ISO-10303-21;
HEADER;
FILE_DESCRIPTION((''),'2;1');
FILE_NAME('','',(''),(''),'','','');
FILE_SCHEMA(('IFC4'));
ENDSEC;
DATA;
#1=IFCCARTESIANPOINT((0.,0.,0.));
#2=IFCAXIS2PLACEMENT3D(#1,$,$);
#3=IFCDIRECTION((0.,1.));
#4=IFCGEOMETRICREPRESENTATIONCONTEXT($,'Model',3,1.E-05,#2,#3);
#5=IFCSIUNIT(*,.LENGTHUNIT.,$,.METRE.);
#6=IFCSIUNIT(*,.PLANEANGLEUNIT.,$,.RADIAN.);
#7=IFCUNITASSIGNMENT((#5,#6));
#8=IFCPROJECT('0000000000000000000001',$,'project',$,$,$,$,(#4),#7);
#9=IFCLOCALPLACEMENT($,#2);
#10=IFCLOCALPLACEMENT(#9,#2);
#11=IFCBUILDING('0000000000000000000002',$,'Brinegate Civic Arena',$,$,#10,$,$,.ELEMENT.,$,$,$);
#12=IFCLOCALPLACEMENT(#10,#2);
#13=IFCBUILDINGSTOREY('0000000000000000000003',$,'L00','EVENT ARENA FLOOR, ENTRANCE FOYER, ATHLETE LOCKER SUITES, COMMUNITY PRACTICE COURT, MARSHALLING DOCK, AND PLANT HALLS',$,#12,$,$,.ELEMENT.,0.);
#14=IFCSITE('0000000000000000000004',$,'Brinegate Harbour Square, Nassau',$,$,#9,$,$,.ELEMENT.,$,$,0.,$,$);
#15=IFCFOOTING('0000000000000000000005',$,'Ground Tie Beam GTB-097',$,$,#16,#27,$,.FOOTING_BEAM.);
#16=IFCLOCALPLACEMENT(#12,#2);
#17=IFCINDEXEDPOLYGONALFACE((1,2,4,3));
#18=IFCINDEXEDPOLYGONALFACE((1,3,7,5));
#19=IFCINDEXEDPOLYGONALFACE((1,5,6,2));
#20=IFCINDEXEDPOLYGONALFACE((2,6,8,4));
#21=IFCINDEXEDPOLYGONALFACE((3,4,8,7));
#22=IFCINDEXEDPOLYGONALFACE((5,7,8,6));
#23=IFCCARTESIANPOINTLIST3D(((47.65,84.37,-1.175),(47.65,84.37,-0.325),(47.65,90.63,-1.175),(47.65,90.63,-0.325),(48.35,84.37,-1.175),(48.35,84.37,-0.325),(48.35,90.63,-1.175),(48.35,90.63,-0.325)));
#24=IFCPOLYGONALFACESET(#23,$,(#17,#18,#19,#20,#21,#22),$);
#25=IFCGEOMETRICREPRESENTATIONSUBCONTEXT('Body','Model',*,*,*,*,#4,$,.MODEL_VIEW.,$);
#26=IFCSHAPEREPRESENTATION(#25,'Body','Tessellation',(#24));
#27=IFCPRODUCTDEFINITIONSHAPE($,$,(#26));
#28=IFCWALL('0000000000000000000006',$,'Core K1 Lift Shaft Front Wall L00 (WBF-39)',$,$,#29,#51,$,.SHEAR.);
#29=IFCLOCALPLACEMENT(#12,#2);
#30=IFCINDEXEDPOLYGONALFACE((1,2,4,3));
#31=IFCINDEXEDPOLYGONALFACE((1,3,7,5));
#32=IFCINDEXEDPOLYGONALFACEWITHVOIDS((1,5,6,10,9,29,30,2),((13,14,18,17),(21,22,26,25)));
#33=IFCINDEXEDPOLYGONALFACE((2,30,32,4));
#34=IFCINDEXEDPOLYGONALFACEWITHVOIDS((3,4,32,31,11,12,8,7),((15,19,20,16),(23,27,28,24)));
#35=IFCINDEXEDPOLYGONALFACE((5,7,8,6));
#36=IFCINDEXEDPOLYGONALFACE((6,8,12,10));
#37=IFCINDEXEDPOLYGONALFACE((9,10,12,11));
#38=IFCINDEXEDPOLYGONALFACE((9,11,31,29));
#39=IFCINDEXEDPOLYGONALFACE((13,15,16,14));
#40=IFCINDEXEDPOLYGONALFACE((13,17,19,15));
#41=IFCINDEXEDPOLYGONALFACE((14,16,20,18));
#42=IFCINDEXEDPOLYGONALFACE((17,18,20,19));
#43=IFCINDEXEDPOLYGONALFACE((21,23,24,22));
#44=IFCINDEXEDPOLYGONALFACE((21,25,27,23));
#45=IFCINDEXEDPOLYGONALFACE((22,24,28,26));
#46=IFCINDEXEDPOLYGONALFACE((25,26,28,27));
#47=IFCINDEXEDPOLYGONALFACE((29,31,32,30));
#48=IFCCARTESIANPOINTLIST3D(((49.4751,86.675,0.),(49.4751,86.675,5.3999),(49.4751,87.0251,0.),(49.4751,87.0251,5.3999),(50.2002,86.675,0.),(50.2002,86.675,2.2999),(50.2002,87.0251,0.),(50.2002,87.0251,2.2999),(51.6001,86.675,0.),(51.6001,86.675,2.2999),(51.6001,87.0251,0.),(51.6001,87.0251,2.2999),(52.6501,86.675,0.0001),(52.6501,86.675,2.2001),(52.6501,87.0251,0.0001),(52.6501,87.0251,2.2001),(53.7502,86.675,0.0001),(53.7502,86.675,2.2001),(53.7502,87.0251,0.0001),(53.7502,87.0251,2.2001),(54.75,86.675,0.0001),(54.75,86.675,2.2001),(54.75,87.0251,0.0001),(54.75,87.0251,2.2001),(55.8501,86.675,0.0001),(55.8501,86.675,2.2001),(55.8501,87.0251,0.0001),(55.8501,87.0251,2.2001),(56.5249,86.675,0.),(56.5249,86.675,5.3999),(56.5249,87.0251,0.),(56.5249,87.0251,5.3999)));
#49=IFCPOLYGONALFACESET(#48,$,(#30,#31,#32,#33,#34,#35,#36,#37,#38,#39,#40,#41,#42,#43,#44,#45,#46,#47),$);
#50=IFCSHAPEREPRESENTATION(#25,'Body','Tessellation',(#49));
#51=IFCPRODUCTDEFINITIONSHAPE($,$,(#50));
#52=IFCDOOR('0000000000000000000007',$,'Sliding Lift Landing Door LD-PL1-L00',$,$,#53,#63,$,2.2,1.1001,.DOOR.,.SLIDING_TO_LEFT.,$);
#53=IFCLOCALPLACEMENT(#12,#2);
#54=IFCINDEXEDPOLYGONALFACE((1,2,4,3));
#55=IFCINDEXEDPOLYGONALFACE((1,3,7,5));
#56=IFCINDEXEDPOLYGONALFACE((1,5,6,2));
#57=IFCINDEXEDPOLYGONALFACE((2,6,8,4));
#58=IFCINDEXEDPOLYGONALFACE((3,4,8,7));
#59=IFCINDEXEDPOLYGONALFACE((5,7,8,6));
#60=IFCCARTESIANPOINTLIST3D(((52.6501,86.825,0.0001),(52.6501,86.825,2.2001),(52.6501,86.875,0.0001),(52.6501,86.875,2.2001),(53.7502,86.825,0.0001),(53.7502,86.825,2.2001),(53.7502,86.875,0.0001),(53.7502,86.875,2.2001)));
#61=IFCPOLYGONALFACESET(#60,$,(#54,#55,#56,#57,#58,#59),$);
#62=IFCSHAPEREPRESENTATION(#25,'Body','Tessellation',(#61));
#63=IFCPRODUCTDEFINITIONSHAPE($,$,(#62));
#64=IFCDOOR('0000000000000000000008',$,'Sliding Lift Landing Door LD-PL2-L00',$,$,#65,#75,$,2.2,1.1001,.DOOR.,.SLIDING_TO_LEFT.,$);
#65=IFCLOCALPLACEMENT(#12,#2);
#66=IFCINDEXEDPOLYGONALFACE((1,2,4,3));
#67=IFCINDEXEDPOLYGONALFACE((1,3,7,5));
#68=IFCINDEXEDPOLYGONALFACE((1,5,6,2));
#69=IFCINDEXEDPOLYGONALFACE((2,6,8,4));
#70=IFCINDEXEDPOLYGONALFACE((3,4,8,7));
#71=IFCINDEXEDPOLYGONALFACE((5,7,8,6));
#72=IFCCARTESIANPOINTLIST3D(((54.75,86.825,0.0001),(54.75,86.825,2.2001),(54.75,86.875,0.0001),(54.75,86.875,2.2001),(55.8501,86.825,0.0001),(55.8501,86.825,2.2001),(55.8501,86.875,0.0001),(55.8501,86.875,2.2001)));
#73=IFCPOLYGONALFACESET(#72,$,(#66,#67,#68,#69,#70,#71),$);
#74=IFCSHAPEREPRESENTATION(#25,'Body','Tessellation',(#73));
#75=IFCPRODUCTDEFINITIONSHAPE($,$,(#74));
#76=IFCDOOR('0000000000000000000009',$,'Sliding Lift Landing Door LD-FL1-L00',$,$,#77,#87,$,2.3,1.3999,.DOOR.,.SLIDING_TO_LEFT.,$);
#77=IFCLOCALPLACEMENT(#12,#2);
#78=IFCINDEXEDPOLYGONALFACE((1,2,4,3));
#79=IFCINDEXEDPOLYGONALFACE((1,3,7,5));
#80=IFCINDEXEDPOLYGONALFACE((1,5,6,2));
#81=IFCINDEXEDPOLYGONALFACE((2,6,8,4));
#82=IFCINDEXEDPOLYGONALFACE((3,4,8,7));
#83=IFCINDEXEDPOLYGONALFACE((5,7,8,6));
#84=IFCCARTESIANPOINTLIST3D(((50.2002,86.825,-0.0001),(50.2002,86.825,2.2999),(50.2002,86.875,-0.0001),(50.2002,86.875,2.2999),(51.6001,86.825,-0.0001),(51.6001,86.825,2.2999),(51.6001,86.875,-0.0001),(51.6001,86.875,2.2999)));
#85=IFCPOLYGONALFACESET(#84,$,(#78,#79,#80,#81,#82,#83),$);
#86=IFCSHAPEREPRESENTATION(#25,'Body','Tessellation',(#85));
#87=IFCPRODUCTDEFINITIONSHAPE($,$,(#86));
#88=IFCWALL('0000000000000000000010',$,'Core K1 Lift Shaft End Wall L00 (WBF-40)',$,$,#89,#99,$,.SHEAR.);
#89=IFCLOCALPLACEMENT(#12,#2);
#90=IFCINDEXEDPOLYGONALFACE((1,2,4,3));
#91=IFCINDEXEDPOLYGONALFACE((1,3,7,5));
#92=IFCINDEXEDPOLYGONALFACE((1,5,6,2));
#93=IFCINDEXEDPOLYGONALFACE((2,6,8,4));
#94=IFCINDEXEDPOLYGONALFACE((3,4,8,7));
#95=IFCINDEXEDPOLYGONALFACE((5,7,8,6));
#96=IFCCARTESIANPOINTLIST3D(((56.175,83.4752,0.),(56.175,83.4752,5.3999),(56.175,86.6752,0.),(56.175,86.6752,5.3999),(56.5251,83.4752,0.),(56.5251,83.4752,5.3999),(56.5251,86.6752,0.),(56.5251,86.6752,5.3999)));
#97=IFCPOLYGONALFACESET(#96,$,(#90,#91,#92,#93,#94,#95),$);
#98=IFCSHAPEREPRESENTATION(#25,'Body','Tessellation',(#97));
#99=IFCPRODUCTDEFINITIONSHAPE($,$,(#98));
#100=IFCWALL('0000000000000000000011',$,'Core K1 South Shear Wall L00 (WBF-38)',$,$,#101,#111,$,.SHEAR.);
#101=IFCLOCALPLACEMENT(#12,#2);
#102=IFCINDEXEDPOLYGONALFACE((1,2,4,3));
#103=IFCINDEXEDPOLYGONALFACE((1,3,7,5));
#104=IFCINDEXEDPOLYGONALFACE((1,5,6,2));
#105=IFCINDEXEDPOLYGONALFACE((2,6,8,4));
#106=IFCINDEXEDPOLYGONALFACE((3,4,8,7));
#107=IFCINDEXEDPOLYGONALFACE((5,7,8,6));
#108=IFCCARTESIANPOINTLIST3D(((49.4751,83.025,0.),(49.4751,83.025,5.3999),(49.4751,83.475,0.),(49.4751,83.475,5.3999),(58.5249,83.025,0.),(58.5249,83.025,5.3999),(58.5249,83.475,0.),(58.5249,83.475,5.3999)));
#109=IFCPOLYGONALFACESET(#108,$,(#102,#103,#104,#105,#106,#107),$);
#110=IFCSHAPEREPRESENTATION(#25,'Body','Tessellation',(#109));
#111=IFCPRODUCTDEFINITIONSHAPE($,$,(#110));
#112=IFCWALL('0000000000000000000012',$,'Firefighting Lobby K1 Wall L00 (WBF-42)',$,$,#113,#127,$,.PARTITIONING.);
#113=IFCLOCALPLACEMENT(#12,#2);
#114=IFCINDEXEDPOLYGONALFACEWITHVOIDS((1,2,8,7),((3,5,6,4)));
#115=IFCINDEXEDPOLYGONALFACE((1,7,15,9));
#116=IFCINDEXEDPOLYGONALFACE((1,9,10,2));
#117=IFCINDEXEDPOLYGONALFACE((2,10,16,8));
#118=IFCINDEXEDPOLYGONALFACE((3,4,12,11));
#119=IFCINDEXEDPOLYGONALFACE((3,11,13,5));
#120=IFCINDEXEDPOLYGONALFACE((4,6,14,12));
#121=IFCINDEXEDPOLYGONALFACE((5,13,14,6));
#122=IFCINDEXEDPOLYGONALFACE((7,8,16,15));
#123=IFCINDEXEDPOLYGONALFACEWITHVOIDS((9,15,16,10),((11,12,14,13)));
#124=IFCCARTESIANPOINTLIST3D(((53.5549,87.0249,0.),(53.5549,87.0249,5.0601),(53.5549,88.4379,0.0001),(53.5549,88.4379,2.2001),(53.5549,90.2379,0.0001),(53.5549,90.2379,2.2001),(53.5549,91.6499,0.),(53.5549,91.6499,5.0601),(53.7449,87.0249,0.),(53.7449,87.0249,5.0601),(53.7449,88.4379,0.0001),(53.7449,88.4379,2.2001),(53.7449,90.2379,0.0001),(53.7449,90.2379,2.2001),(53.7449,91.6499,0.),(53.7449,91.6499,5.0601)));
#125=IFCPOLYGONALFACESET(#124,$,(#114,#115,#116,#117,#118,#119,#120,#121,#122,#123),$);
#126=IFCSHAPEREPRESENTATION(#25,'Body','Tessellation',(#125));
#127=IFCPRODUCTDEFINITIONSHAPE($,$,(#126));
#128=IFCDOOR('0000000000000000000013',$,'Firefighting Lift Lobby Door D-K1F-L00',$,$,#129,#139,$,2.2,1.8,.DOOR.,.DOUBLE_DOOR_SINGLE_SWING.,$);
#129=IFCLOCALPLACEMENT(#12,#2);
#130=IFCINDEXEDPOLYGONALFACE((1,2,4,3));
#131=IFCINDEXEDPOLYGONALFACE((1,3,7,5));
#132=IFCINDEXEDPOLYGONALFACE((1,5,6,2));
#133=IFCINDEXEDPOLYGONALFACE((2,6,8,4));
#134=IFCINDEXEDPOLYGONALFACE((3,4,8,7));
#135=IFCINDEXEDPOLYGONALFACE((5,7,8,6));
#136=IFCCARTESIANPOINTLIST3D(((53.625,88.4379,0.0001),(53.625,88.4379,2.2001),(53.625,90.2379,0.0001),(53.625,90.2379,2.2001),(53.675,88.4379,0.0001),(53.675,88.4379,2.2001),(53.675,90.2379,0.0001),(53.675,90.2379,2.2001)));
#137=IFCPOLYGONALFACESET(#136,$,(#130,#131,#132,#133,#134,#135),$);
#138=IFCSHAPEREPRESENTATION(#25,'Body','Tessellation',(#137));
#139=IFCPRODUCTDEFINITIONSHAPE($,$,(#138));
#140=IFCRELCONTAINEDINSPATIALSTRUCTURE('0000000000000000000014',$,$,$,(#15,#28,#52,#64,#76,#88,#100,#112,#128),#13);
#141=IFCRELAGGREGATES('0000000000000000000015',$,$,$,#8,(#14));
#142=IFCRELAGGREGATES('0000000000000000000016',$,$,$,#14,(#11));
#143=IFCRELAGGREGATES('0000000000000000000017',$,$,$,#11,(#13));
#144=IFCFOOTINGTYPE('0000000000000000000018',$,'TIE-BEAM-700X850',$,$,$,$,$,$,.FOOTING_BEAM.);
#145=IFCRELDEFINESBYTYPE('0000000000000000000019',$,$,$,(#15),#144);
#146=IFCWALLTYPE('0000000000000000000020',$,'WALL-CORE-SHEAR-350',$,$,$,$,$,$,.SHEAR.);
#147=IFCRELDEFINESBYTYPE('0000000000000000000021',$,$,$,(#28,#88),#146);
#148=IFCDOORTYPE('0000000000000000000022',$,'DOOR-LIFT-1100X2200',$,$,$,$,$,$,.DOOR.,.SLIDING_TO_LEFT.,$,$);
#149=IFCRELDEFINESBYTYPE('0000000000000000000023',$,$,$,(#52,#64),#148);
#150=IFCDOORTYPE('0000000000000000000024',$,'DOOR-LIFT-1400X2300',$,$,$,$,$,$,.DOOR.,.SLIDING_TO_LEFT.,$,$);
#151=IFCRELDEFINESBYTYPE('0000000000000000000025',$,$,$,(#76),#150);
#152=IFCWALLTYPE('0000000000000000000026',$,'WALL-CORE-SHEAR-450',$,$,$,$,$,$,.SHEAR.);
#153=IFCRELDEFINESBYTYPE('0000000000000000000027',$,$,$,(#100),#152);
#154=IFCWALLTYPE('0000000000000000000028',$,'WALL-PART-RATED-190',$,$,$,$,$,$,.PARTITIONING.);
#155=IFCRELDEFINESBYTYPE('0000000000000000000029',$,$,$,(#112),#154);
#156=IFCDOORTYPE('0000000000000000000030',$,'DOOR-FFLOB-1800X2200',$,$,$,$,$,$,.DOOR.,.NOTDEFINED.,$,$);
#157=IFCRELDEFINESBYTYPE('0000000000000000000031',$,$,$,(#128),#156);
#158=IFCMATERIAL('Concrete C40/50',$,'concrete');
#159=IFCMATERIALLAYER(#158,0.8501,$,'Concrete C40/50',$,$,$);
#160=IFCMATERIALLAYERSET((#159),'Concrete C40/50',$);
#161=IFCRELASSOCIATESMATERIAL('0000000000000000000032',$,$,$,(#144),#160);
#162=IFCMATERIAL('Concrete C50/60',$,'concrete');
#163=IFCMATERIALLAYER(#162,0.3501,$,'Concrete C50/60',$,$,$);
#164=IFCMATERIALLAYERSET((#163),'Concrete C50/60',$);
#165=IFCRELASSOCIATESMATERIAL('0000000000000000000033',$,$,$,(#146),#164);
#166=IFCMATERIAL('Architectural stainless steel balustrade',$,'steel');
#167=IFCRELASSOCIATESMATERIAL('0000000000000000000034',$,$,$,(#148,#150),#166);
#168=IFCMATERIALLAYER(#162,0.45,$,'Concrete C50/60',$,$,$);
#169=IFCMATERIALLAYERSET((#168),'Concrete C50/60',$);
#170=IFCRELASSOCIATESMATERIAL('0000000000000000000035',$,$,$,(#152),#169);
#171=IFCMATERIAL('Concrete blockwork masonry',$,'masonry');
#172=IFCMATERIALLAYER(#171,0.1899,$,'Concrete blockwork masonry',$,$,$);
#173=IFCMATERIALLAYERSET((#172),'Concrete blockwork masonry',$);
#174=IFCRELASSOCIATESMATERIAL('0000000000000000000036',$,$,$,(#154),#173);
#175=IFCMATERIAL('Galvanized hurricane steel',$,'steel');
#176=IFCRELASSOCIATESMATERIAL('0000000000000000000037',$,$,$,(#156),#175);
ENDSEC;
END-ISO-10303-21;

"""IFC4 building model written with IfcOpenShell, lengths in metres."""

from ifc_helpers import new_model, si_unit, direction, frame, frame_2d, origin, origin_2d, place, context, subcontext, project, spatial, rectangle, extrude, material, layer, layer_set, type_object, element, fill, save


model = new_model("IFC4")

# Units and contexts
model_context = context("Model", 3, precision=1e-05, world=origin(), true_north=direction((0.0, 1.0)))
body_context = subcontext(model_context, "Body", "Model", "MODEL_VIEW")
ifc_project = project(units=[si_unit("LENGTHUNIT", "METRE"), si_unit("PLANEANGLEUNIT", "RADIAN")], contexts=[model_context])

# Site, building, storey
site_placement = place(None, origin())
site = spatial("IfcSite", under=ifc_project, at=site_placement, Name="Brinegate Harbour Square, Nassau", CompositionType="ELEMENT", RefElevation=0.0)
building_placement = place(site_placement, origin())
building = spatial("IfcBuilding", under=site, at=building_placement, Name="Brinegate Civic Arena", CompositionType="ELEMENT")
storey_placement = place(building_placement, origin())
storey = spatial("IfcBuildingStorey", under=building, at=storey_placement, Name="L00", Description="EVENT ARENA FLOOR, ENTRANCE FOYER, ATHLETE LOCKER SUITES, COMMUNITY PRACTICE COURT, MARSHALLING DOCK, AND PLANT HALLS", CompositionType="ELEMENT", Elevation=0.0)

# Shared definitions
ifc_material_1 = material(Name="Concrete C40/50", Category="concrete")

# Footing
ifc_layer_1 = layer(ifc_material_1, 0.8501, Name="Concrete C40/50")
ifc_layer_set_1 = layer_set([ifc_layer_1], Name="Concrete C40/50")
footing_type_1 = type_object("IfcFootingType", Name="TIE-BEAM-700X850", PredefinedType="FOOTING_BEAM", material=ifc_layer_set_1)
footing_1_placement = place(storey_placement, frame((48.0, 87.5, -1.175), z_axis=(0.0, 0.0, 1.0), x_axis=(0.0, 1.0, 0.0)))
element("IfcFooting", 1, at=footing_1_placement, inside=storey, type_object=footing_type_1, Name="Ground Tie Beam GTB-097", PredefinedType="FOOTING_BEAM", context=body_context, shape_type="SweptSolid", body=[
    extrude(rectangle(XDim=6.26, YDim=0.7, at=origin_2d()), origin(), (0.0, 0.0, 1.0), 0.8501),
])

# Wall, openings, doors
ifc_material_2 = material(Name="Concrete C50/60", Category="concrete")
ifc_layer_2 = layer(ifc_material_2, 0.3501, Name="Concrete C50/60")
ifc_layer_set_2 = layer_set([ifc_layer_2], Name="Concrete C50/60")
wall_type_1 = type_object("IfcWallType", Name="WALL-CORE-SHEAR-350", PredefinedType="SHEAR", material=ifc_layer_set_2)
wall_1_placement = place(storey_placement, frame((49.4751, 86.8501, 0.0), z_axis=(0.0, 0.0, 1.0), x_axis=(1.0, 0.0, 0.0)))
wall_1 = element("IfcWall", 2, at=wall_1_placement, inside=storey, type_object=wall_type_1, Name="Core K1 Lift Shaft Front Wall L00 (WBF-39)", PredefinedType="SHEAR", context=body_context, shape_type="SweptSolid", body=[
    extrude(rectangle(XDim=7.0498, YDim=0.3501, at=frame_2d((3.5249, 0.0))), origin(), (0.0, 0.0, 1.0), 5.3999),
])
opening_1_placement = place(wall_1_placement, frame((0.7251, 0.0, 0.0)))
opening_1 = element("IfcOpeningElement", 3, at=opening_1_placement, cuts=wall_1, PredefinedType="OPENING", context=body_context, shape_type="SweptSolid", body=[
    extrude(rectangle(XDim=1.3999, YDim=2.3, at=frame_2d((0.7, 1.1499))), frame((0.0, 0.1851, 0.0), z_axis=(0.0, -1.0, 0.0), x_axis=(1.0, 0.0, 0.0)), (0.0, 0.0, 1.0), 0.3701),
])
opening_2_placement = place(wall_1_placement, frame((3.175, 0.0, 0.0)))
opening_2 = element("IfcOpeningElement", 4, at=opening_2_placement, cuts=wall_1, PredefinedType="OPENING", context=body_context, shape_type="SweptSolid", body=[
    extrude(rectangle(XDim=1.1001, YDim=2.2, at=frame_2d((0.55, 1.1001))), frame((0.0, 0.1851, 0.0), z_axis=(0.0, -1.0, 0.0), x_axis=(1.0, 0.0, 0.0)), (0.0, 0.0, 1.0), 0.3701),
])
opening_3_placement = place(wall_1_placement, frame((5.2749, 0.0, 0.0)))
opening_3 = element("IfcOpeningElement", 5, at=opening_3_placement, cuts=wall_1, PredefinedType="OPENING", context=body_context, shape_type="SweptSolid", body=[
    extrude(rectangle(XDim=1.1001, YDim=2.2, at=frame_2d((0.55, 1.1001))), frame((0.0, 0.1851, 0.0), z_axis=(0.0, -1.0, 0.0), x_axis=(1.0, 0.0, 0.0)), (0.0, 0.0, 1.0), 0.3701),
])
ifc_material_3 = material(Name="Architectural stainless steel balustrade", Category="steel")
door_type_1 = type_object("IfcDoorType", Name="DOOR-LIFT-1100X2200", OperationType="SLIDING_TO_LEFT", PredefinedType="DOOR", material=ifc_material_3)
door_1_placement = place(opening_2_placement, origin())
door_1 = element("IfcDoor", 6, at=door_1_placement, inside=storey, type_object=door_type_1, Name="Sliding Lift Landing Door LD-PL1-L00", OperationType="SLIDING_TO_LEFT", OverallHeight=2.2, OverallWidth=1.1001, PredefinedType="DOOR", context=body_context, shape_type="SweptSolid", body=[
    extrude(rectangle(XDim=1.1001, YDim=2.2, at=frame_2d((0.55, 1.1001))), frame((0.0, 0.0249, 0.0), z_axis=(0.0, -1.0, 0.0), x_axis=(1.0, 0.0, 0.0)), (0.0, 0.0, 1.0), 0.05),
])
fill(opening_2, door_1)
door_2_placement = place(opening_3_placement, origin())
door_2 = element("IfcDoor", 7, at=door_2_placement, inside=storey, type_object=door_type_1, Name="Sliding Lift Landing Door LD-PL2-L00", OperationType="SLIDING_TO_LEFT", OverallHeight=2.2, OverallWidth=1.1001, PredefinedType="DOOR", context=body_context, shape_type="SweptSolid", body=[
    extrude(rectangle(XDim=1.1001, YDim=2.2, at=frame_2d((0.55, 1.1001))), frame((0.0, 0.0249, 0.0), z_axis=(0.0, -1.0, 0.0), x_axis=(1.0, 0.0, 0.0)), (0.0, 0.0, 1.0), 0.05),
])
fill(opening_3, door_2)
door_type_2 = type_object("IfcDoorType", Name="DOOR-LIFT-1400X2300", OperationType="SLIDING_TO_LEFT", PredefinedType="DOOR", material=ifc_material_3)
door_3_placement = place(opening_1_placement, origin())
door_3 = element("IfcDoor", 8, at=door_3_placement, inside=storey, type_object=door_type_2, Name="Sliding Lift Landing Door LD-FL1-L00", OperationType="SLIDING_TO_LEFT", OverallHeight=2.3, OverallWidth=1.3999, PredefinedType="DOOR", context=body_context, shape_type="SweptSolid", body=[
    extrude(rectangle(XDim=1.3999, YDim=2.3, at=frame_2d((0.7, 1.1499))), frame((0.0, 0.0249, 0.0), z_axis=(0.0, -1.0, 0.0), x_axis=(1.0, 0.0, 0.0)), (0.0, 0.0, 1.0), 0.05),
])
fill(opening_1, door_3)

# Walls
wall_2_placement = place(storey_placement, frame((56.3501, 83.4751, 0.0), z_axis=(0.0, 0.0, 1.0), x_axis=(0.0, 1.0, 0.0)))
element("IfcWall", 9, at=wall_2_placement, inside=storey, type_object=wall_type_1, Name="Core K1 Lift Shaft End Wall L00 (WBF-40)", PredefinedType="SHEAR", context=body_context, shape_type="SweptSolid", body=[
    extrude(rectangle(XDim=3.2, YDim=0.3501, at=frame_2d((1.6001, 0.0))), origin(), (0.0, 0.0, 1.0), 5.3999),
])
ifc_layer_3 = layer(ifc_material_2, 0.45, Name="Concrete C50/60")
ifc_layer_set_3 = layer_set([ifc_layer_3], Name="Concrete C50/60")
wall_type_2 = type_object("IfcWallType", Name="WALL-CORE-SHEAR-450", PredefinedType="SHEAR", material=ifc_layer_set_3)
wall_3_placement = place(storey_placement, frame((49.4751, 83.25, 0.0), z_axis=(0.0, 0.0, 1.0), x_axis=(1.0, 0.0, 0.0)))
element("IfcWall", 10, at=wall_3_placement, inside=storey, type_object=wall_type_2, Name="Core K1 South Shear Wall L00 (WBF-38)", PredefinedType="SHEAR", context=body_context, shape_type="SweptSolid", body=[
    extrude(rectangle(XDim=9.0498, YDim=0.45, at=frame_2d((4.5249, 0.0))), origin(), (0.0, 0.0, 1.0), 5.3999),
])

# Wall, opening, door
ifc_material_4 = material(Name="Concrete blockwork masonry", Category="masonry")
ifc_layer_4 = layer(ifc_material_4, 0.1899, Name="Concrete blockwork masonry")
ifc_layer_set_4 = layer_set([ifc_layer_4], Name="Concrete blockwork masonry")
wall_type_3 = type_object("IfcWallType", Name="WALL-PART-RATED-190", PredefinedType="PARTITIONING", material=ifc_layer_set_4)
wall_4_placement = place(storey_placement, frame((53.6499, 87.0249, 0.0), z_axis=(0.0, 0.0, 1.0), x_axis=(0.0, 1.0, 0.0)))
wall_4 = element("IfcWall", 11, at=wall_4_placement, inside=storey, type_object=wall_type_3, Name="Firefighting Lobby K1 Wall L00 (WBF-42)", PredefinedType="PARTITIONING", context=body_context, shape_type="SweptSolid", body=[
    extrude(rectangle(XDim=4.625, YDim=0.1899, at=frame_2d((2.3125, 0.0))), origin(), (0.0, 0.0, 1.0), 5.0601),
])
opening_4_placement = place(wall_4_placement, frame((1.4131, 0.0, 0.0)))
opening_4 = element("IfcOpeningElement", 12, at=opening_4_placement, cuts=wall_4, PredefinedType="OPENING", context=body_context, shape_type="SweptSolid", body=[
    extrude(rectangle(XDim=1.8, YDim=2.2, at=frame_2d((0.8999, 1.1001))), frame((0.0, 0.105, 0.0), z_axis=(0.0, -1.0, 0.0), x_axis=(1.0, 0.0, 0.0)), (0.0, 0.0, 1.0), 0.21),
])
ifc_material_5 = material(Name="Galvanized hurricane steel", Category="steel")
door_type_3 = type_object("IfcDoorType", Name="DOOR-FFLOB-1800X2200", OperationType="NOTDEFINED", PredefinedType="DOOR", material=ifc_material_5)
door_4_placement = place(opening_4_placement, origin())
door_4 = element("IfcDoor", 13, at=door_4_placement, inside=storey, type_object=door_type_3, Name="Firefighting Lift Lobby Door D-K1F-L00", OperationType="DOUBLE_DOOR_SINGLE_SWING", OverallHeight=2.2, OverallWidth=1.8, PredefinedType="DOOR", context=body_context, shape_type="SweptSolid", body=[
    extrude(rectangle(XDim=1.8, YDim=2.2, at=frame_2d((0.8999, 1.1001))), frame((0.0, 0.0249, 0.0), z_axis=(0.0, -1.0, 0.0), x_axis=(1.0, 0.0, 0.0)), (0.0, 0.0, 1.0), 0.05),
])
fill(opening_4, door_4)

save(model, "model.ifc")
